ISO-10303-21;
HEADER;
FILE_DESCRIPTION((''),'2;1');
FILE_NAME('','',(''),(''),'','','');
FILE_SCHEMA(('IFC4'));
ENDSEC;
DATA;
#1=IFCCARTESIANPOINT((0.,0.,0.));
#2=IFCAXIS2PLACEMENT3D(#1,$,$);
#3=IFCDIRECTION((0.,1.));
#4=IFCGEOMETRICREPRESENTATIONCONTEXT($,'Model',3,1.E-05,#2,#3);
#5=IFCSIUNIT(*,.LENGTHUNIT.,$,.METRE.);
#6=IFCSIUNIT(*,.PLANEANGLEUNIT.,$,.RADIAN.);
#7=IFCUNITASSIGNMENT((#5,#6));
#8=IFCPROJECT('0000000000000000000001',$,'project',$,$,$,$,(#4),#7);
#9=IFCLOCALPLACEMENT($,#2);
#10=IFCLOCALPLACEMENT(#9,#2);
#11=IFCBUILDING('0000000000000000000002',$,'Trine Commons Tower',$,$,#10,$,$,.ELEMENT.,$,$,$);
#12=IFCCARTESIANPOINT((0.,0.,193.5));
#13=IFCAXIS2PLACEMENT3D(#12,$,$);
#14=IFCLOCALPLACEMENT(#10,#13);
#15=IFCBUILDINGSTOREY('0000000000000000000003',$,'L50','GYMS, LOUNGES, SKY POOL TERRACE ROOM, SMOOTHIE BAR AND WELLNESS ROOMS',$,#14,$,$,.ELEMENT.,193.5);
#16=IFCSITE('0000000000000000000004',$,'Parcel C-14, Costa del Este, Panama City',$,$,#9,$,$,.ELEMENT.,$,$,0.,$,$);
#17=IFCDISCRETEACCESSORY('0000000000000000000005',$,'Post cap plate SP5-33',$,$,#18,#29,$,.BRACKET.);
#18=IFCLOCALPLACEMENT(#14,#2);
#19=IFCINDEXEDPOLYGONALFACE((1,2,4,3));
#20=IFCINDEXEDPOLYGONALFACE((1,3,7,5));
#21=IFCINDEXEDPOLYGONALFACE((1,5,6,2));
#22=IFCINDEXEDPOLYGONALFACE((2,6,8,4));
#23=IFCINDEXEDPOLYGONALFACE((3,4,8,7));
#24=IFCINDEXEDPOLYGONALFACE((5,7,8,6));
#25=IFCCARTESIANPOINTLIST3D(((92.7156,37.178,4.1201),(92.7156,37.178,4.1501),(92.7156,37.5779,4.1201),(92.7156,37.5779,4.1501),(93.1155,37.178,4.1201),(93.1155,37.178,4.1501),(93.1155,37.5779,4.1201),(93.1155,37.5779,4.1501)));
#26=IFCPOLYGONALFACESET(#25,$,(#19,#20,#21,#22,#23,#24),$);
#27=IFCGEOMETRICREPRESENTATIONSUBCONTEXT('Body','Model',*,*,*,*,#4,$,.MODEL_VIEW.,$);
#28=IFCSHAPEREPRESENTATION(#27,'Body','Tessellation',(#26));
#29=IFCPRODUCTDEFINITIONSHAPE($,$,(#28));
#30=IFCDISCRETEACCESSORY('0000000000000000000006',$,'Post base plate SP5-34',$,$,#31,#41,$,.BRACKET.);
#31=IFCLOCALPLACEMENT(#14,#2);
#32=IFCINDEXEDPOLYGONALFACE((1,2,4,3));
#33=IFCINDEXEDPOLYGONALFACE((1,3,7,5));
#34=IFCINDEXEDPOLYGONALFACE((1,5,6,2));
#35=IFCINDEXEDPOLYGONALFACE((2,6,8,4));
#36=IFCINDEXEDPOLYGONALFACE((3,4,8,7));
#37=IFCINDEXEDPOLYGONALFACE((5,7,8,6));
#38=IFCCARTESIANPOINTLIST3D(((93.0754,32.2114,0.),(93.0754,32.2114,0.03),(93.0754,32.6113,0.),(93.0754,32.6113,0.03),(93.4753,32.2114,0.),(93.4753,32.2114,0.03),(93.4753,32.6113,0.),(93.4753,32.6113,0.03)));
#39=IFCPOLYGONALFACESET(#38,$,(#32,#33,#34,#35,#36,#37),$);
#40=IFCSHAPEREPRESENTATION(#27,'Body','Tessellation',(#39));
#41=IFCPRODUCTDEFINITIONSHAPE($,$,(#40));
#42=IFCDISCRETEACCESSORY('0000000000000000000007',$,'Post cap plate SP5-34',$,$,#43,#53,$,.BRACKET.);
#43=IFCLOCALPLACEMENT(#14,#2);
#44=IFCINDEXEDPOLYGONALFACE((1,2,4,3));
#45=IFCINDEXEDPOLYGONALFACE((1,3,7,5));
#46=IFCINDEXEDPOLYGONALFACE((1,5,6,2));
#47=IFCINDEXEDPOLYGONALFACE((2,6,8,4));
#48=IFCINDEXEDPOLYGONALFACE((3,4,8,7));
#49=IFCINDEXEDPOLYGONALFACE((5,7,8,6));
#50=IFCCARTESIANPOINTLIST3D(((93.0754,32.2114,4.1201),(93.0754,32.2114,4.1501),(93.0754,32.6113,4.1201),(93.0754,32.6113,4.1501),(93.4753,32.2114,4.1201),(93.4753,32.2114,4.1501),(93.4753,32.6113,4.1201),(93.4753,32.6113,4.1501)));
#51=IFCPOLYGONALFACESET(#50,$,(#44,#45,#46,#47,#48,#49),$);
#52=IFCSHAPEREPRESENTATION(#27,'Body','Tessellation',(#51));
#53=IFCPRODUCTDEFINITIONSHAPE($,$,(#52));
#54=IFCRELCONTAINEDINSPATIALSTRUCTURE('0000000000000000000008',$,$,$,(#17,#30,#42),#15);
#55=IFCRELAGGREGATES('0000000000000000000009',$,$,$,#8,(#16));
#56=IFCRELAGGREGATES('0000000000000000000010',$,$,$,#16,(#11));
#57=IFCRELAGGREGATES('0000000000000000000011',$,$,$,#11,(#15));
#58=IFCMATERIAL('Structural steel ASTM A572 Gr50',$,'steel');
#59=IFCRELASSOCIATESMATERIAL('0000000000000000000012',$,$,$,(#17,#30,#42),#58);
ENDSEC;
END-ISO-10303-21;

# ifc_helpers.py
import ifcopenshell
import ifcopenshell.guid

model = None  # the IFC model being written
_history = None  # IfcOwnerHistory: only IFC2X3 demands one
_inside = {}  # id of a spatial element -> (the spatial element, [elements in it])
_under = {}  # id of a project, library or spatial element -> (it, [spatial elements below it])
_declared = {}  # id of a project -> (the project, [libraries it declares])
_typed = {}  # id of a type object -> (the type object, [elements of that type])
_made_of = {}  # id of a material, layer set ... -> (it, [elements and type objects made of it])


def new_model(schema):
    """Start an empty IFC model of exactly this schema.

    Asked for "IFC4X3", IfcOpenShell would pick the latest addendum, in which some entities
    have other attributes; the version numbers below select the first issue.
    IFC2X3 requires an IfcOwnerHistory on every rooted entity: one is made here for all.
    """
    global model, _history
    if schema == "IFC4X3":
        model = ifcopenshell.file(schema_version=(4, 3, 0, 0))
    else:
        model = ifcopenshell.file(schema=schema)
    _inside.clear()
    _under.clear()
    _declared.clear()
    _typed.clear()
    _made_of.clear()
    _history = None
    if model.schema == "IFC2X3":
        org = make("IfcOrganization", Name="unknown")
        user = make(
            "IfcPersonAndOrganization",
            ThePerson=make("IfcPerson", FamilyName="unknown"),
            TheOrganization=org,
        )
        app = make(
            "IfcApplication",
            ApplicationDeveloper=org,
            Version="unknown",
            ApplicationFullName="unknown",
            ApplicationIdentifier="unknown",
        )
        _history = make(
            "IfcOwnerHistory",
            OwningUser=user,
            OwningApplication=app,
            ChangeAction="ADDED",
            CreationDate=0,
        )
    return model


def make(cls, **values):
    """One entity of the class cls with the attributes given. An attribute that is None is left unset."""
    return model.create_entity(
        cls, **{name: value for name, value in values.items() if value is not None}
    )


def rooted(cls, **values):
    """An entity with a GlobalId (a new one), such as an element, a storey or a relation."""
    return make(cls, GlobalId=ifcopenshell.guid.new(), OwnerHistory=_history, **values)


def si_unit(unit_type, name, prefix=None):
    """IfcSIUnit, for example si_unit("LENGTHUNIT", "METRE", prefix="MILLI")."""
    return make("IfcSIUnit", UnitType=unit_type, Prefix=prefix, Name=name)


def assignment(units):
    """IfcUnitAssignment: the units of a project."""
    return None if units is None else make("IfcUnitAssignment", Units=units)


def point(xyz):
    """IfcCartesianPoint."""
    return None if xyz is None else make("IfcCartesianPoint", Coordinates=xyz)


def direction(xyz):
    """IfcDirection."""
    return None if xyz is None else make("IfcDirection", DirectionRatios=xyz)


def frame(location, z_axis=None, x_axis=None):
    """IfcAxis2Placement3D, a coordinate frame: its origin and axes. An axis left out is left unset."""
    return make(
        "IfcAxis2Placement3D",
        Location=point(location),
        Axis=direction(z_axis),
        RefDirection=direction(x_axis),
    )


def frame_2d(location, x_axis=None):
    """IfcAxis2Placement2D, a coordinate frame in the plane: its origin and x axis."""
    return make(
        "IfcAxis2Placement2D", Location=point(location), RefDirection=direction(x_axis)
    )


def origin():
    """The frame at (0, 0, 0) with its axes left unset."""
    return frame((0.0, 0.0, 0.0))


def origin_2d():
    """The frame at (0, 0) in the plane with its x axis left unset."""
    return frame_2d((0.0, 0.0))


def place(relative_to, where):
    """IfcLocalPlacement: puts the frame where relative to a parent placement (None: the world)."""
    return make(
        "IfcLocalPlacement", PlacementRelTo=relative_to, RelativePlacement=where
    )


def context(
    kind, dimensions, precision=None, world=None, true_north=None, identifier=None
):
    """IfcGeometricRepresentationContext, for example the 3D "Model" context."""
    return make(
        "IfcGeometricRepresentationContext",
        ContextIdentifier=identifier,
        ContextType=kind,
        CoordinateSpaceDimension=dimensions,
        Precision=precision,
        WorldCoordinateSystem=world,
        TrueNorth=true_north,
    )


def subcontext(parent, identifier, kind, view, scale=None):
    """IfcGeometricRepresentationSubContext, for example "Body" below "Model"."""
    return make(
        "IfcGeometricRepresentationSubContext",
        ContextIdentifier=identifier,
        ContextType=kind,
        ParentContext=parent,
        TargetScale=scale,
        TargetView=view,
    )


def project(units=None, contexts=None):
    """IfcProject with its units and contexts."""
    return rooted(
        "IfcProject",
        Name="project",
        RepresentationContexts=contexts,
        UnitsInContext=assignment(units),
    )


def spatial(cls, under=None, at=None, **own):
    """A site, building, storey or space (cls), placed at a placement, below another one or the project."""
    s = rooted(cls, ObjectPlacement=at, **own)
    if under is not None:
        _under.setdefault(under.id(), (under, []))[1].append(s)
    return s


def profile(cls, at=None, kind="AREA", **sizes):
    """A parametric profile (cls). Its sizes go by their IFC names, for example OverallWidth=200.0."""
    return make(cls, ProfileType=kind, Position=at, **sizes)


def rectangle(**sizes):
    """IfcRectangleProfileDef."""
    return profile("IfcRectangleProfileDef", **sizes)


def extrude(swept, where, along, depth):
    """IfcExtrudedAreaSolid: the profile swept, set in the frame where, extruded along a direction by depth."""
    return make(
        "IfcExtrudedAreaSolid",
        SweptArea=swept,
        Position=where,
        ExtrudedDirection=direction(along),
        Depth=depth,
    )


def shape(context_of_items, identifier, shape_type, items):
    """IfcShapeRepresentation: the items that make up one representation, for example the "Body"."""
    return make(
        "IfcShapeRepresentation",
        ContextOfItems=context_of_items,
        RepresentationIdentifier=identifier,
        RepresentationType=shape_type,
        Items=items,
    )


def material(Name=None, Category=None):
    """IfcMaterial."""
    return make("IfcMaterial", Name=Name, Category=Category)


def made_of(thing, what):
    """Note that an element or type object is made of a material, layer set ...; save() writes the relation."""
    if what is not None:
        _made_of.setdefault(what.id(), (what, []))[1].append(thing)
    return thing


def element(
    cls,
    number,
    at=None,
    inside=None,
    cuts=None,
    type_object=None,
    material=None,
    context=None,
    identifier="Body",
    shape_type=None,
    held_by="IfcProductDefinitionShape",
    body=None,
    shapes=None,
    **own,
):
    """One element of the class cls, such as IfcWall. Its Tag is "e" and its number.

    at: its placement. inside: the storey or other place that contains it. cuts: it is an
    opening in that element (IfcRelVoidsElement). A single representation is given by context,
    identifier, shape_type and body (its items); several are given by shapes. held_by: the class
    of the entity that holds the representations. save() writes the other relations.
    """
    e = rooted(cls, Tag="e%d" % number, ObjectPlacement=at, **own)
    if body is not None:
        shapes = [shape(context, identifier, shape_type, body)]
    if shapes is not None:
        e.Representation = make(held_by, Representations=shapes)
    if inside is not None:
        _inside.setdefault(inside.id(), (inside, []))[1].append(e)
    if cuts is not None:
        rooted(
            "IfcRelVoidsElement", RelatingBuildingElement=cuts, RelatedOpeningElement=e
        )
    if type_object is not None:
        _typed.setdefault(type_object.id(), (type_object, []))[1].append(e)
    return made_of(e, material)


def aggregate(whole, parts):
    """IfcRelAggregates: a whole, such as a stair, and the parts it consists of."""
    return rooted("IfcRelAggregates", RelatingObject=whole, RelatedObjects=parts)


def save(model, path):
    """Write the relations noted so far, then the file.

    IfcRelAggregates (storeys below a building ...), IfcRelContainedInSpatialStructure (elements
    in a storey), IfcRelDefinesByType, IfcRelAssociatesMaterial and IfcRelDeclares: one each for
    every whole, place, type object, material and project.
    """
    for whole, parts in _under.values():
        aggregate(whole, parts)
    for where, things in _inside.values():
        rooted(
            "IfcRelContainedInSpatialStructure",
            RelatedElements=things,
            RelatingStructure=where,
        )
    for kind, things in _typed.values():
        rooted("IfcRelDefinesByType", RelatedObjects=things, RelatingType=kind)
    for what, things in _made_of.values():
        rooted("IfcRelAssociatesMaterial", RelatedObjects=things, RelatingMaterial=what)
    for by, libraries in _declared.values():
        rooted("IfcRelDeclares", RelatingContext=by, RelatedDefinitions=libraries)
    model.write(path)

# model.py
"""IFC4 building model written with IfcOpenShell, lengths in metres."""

from ifc_helpers import new_model, si_unit, direction, frame, origin, origin_2d, place, context, subcontext, project, spatial, rectangle, extrude, material, element, save


model = new_model("IFC4")

# Units and contexts
model_context = context("Model", 3, precision=1e-05, world=origin(), true_north=direction((0.0, 1.0)))
body_context = subcontext(model_context, "Body", "Model", "MODEL_VIEW")
ifc_project = project(units=[si_unit("LENGTHUNIT", "METRE"), si_unit("PLANEANGLEUNIT", "RADIAN")], contexts=[model_context])

# Site, building, storey
site_placement = place(None, origin())
site = spatial("IfcSite", under=ifc_project, at=site_placement, Name="Parcel C-14, Costa del Este, Panama City", CompositionType="ELEMENT", RefElevation=0.0)
building_placement = place(site_placement, origin())
building = spatial("IfcBuilding", under=site, at=building_placement, Name="Trine Commons Tower", CompositionType="ELEMENT")
storey_placement = place(building_placement, frame((0.0, 0.0, 193.5)))
storey = spatial("IfcBuildingStorey", under=building, at=storey_placement, Name="L50", Description="GYMS, LOUNGES, SKY POOL TERRACE ROOM, SMOOTHIE BAR AND WELLNESS ROOMS", CompositionType="ELEMENT", Elevation=193.5)

# Discrete accessories
ifc_material_1 = material(Name="Structural steel ASTM A572 Gr50", Category="steel")
for number, where, z_axis, x_axis, name in (
    (1, (92.9155, 37.3779, 4.1201), (0.0, 0.0, 1.0), (1.0, 0.0, 0.0), "Post cap plate SP5-33"),
    (2, (93.2754, 32.4114, 0.0), (0.0, 0.0, 1.0), (1.0, 0.0, 0.0), "Post base plate SP5-34"),
    (3, (93.2754, 32.4114, 4.1201), (0.0, 0.0, 1.0), (1.0, 0.0, 0.0), "Post cap plate SP5-34"),
):
    element("IfcDiscreteAccessory", number, at=place(storey_placement, frame(where, z_axis=z_axis, x_axis=x_axis)), inside=storey, material=ifc_material_1, Name=name, PredefinedType="BRACKET", context=body_context, shape_type="SweptSolid", body=[
        extrude(rectangle(XDim=0.3999, YDim=0.3999, at=origin_2d()), origin(), (0.0, 0.0, 1.0), 0.03),
    ])

save(model, "model.ifc")
